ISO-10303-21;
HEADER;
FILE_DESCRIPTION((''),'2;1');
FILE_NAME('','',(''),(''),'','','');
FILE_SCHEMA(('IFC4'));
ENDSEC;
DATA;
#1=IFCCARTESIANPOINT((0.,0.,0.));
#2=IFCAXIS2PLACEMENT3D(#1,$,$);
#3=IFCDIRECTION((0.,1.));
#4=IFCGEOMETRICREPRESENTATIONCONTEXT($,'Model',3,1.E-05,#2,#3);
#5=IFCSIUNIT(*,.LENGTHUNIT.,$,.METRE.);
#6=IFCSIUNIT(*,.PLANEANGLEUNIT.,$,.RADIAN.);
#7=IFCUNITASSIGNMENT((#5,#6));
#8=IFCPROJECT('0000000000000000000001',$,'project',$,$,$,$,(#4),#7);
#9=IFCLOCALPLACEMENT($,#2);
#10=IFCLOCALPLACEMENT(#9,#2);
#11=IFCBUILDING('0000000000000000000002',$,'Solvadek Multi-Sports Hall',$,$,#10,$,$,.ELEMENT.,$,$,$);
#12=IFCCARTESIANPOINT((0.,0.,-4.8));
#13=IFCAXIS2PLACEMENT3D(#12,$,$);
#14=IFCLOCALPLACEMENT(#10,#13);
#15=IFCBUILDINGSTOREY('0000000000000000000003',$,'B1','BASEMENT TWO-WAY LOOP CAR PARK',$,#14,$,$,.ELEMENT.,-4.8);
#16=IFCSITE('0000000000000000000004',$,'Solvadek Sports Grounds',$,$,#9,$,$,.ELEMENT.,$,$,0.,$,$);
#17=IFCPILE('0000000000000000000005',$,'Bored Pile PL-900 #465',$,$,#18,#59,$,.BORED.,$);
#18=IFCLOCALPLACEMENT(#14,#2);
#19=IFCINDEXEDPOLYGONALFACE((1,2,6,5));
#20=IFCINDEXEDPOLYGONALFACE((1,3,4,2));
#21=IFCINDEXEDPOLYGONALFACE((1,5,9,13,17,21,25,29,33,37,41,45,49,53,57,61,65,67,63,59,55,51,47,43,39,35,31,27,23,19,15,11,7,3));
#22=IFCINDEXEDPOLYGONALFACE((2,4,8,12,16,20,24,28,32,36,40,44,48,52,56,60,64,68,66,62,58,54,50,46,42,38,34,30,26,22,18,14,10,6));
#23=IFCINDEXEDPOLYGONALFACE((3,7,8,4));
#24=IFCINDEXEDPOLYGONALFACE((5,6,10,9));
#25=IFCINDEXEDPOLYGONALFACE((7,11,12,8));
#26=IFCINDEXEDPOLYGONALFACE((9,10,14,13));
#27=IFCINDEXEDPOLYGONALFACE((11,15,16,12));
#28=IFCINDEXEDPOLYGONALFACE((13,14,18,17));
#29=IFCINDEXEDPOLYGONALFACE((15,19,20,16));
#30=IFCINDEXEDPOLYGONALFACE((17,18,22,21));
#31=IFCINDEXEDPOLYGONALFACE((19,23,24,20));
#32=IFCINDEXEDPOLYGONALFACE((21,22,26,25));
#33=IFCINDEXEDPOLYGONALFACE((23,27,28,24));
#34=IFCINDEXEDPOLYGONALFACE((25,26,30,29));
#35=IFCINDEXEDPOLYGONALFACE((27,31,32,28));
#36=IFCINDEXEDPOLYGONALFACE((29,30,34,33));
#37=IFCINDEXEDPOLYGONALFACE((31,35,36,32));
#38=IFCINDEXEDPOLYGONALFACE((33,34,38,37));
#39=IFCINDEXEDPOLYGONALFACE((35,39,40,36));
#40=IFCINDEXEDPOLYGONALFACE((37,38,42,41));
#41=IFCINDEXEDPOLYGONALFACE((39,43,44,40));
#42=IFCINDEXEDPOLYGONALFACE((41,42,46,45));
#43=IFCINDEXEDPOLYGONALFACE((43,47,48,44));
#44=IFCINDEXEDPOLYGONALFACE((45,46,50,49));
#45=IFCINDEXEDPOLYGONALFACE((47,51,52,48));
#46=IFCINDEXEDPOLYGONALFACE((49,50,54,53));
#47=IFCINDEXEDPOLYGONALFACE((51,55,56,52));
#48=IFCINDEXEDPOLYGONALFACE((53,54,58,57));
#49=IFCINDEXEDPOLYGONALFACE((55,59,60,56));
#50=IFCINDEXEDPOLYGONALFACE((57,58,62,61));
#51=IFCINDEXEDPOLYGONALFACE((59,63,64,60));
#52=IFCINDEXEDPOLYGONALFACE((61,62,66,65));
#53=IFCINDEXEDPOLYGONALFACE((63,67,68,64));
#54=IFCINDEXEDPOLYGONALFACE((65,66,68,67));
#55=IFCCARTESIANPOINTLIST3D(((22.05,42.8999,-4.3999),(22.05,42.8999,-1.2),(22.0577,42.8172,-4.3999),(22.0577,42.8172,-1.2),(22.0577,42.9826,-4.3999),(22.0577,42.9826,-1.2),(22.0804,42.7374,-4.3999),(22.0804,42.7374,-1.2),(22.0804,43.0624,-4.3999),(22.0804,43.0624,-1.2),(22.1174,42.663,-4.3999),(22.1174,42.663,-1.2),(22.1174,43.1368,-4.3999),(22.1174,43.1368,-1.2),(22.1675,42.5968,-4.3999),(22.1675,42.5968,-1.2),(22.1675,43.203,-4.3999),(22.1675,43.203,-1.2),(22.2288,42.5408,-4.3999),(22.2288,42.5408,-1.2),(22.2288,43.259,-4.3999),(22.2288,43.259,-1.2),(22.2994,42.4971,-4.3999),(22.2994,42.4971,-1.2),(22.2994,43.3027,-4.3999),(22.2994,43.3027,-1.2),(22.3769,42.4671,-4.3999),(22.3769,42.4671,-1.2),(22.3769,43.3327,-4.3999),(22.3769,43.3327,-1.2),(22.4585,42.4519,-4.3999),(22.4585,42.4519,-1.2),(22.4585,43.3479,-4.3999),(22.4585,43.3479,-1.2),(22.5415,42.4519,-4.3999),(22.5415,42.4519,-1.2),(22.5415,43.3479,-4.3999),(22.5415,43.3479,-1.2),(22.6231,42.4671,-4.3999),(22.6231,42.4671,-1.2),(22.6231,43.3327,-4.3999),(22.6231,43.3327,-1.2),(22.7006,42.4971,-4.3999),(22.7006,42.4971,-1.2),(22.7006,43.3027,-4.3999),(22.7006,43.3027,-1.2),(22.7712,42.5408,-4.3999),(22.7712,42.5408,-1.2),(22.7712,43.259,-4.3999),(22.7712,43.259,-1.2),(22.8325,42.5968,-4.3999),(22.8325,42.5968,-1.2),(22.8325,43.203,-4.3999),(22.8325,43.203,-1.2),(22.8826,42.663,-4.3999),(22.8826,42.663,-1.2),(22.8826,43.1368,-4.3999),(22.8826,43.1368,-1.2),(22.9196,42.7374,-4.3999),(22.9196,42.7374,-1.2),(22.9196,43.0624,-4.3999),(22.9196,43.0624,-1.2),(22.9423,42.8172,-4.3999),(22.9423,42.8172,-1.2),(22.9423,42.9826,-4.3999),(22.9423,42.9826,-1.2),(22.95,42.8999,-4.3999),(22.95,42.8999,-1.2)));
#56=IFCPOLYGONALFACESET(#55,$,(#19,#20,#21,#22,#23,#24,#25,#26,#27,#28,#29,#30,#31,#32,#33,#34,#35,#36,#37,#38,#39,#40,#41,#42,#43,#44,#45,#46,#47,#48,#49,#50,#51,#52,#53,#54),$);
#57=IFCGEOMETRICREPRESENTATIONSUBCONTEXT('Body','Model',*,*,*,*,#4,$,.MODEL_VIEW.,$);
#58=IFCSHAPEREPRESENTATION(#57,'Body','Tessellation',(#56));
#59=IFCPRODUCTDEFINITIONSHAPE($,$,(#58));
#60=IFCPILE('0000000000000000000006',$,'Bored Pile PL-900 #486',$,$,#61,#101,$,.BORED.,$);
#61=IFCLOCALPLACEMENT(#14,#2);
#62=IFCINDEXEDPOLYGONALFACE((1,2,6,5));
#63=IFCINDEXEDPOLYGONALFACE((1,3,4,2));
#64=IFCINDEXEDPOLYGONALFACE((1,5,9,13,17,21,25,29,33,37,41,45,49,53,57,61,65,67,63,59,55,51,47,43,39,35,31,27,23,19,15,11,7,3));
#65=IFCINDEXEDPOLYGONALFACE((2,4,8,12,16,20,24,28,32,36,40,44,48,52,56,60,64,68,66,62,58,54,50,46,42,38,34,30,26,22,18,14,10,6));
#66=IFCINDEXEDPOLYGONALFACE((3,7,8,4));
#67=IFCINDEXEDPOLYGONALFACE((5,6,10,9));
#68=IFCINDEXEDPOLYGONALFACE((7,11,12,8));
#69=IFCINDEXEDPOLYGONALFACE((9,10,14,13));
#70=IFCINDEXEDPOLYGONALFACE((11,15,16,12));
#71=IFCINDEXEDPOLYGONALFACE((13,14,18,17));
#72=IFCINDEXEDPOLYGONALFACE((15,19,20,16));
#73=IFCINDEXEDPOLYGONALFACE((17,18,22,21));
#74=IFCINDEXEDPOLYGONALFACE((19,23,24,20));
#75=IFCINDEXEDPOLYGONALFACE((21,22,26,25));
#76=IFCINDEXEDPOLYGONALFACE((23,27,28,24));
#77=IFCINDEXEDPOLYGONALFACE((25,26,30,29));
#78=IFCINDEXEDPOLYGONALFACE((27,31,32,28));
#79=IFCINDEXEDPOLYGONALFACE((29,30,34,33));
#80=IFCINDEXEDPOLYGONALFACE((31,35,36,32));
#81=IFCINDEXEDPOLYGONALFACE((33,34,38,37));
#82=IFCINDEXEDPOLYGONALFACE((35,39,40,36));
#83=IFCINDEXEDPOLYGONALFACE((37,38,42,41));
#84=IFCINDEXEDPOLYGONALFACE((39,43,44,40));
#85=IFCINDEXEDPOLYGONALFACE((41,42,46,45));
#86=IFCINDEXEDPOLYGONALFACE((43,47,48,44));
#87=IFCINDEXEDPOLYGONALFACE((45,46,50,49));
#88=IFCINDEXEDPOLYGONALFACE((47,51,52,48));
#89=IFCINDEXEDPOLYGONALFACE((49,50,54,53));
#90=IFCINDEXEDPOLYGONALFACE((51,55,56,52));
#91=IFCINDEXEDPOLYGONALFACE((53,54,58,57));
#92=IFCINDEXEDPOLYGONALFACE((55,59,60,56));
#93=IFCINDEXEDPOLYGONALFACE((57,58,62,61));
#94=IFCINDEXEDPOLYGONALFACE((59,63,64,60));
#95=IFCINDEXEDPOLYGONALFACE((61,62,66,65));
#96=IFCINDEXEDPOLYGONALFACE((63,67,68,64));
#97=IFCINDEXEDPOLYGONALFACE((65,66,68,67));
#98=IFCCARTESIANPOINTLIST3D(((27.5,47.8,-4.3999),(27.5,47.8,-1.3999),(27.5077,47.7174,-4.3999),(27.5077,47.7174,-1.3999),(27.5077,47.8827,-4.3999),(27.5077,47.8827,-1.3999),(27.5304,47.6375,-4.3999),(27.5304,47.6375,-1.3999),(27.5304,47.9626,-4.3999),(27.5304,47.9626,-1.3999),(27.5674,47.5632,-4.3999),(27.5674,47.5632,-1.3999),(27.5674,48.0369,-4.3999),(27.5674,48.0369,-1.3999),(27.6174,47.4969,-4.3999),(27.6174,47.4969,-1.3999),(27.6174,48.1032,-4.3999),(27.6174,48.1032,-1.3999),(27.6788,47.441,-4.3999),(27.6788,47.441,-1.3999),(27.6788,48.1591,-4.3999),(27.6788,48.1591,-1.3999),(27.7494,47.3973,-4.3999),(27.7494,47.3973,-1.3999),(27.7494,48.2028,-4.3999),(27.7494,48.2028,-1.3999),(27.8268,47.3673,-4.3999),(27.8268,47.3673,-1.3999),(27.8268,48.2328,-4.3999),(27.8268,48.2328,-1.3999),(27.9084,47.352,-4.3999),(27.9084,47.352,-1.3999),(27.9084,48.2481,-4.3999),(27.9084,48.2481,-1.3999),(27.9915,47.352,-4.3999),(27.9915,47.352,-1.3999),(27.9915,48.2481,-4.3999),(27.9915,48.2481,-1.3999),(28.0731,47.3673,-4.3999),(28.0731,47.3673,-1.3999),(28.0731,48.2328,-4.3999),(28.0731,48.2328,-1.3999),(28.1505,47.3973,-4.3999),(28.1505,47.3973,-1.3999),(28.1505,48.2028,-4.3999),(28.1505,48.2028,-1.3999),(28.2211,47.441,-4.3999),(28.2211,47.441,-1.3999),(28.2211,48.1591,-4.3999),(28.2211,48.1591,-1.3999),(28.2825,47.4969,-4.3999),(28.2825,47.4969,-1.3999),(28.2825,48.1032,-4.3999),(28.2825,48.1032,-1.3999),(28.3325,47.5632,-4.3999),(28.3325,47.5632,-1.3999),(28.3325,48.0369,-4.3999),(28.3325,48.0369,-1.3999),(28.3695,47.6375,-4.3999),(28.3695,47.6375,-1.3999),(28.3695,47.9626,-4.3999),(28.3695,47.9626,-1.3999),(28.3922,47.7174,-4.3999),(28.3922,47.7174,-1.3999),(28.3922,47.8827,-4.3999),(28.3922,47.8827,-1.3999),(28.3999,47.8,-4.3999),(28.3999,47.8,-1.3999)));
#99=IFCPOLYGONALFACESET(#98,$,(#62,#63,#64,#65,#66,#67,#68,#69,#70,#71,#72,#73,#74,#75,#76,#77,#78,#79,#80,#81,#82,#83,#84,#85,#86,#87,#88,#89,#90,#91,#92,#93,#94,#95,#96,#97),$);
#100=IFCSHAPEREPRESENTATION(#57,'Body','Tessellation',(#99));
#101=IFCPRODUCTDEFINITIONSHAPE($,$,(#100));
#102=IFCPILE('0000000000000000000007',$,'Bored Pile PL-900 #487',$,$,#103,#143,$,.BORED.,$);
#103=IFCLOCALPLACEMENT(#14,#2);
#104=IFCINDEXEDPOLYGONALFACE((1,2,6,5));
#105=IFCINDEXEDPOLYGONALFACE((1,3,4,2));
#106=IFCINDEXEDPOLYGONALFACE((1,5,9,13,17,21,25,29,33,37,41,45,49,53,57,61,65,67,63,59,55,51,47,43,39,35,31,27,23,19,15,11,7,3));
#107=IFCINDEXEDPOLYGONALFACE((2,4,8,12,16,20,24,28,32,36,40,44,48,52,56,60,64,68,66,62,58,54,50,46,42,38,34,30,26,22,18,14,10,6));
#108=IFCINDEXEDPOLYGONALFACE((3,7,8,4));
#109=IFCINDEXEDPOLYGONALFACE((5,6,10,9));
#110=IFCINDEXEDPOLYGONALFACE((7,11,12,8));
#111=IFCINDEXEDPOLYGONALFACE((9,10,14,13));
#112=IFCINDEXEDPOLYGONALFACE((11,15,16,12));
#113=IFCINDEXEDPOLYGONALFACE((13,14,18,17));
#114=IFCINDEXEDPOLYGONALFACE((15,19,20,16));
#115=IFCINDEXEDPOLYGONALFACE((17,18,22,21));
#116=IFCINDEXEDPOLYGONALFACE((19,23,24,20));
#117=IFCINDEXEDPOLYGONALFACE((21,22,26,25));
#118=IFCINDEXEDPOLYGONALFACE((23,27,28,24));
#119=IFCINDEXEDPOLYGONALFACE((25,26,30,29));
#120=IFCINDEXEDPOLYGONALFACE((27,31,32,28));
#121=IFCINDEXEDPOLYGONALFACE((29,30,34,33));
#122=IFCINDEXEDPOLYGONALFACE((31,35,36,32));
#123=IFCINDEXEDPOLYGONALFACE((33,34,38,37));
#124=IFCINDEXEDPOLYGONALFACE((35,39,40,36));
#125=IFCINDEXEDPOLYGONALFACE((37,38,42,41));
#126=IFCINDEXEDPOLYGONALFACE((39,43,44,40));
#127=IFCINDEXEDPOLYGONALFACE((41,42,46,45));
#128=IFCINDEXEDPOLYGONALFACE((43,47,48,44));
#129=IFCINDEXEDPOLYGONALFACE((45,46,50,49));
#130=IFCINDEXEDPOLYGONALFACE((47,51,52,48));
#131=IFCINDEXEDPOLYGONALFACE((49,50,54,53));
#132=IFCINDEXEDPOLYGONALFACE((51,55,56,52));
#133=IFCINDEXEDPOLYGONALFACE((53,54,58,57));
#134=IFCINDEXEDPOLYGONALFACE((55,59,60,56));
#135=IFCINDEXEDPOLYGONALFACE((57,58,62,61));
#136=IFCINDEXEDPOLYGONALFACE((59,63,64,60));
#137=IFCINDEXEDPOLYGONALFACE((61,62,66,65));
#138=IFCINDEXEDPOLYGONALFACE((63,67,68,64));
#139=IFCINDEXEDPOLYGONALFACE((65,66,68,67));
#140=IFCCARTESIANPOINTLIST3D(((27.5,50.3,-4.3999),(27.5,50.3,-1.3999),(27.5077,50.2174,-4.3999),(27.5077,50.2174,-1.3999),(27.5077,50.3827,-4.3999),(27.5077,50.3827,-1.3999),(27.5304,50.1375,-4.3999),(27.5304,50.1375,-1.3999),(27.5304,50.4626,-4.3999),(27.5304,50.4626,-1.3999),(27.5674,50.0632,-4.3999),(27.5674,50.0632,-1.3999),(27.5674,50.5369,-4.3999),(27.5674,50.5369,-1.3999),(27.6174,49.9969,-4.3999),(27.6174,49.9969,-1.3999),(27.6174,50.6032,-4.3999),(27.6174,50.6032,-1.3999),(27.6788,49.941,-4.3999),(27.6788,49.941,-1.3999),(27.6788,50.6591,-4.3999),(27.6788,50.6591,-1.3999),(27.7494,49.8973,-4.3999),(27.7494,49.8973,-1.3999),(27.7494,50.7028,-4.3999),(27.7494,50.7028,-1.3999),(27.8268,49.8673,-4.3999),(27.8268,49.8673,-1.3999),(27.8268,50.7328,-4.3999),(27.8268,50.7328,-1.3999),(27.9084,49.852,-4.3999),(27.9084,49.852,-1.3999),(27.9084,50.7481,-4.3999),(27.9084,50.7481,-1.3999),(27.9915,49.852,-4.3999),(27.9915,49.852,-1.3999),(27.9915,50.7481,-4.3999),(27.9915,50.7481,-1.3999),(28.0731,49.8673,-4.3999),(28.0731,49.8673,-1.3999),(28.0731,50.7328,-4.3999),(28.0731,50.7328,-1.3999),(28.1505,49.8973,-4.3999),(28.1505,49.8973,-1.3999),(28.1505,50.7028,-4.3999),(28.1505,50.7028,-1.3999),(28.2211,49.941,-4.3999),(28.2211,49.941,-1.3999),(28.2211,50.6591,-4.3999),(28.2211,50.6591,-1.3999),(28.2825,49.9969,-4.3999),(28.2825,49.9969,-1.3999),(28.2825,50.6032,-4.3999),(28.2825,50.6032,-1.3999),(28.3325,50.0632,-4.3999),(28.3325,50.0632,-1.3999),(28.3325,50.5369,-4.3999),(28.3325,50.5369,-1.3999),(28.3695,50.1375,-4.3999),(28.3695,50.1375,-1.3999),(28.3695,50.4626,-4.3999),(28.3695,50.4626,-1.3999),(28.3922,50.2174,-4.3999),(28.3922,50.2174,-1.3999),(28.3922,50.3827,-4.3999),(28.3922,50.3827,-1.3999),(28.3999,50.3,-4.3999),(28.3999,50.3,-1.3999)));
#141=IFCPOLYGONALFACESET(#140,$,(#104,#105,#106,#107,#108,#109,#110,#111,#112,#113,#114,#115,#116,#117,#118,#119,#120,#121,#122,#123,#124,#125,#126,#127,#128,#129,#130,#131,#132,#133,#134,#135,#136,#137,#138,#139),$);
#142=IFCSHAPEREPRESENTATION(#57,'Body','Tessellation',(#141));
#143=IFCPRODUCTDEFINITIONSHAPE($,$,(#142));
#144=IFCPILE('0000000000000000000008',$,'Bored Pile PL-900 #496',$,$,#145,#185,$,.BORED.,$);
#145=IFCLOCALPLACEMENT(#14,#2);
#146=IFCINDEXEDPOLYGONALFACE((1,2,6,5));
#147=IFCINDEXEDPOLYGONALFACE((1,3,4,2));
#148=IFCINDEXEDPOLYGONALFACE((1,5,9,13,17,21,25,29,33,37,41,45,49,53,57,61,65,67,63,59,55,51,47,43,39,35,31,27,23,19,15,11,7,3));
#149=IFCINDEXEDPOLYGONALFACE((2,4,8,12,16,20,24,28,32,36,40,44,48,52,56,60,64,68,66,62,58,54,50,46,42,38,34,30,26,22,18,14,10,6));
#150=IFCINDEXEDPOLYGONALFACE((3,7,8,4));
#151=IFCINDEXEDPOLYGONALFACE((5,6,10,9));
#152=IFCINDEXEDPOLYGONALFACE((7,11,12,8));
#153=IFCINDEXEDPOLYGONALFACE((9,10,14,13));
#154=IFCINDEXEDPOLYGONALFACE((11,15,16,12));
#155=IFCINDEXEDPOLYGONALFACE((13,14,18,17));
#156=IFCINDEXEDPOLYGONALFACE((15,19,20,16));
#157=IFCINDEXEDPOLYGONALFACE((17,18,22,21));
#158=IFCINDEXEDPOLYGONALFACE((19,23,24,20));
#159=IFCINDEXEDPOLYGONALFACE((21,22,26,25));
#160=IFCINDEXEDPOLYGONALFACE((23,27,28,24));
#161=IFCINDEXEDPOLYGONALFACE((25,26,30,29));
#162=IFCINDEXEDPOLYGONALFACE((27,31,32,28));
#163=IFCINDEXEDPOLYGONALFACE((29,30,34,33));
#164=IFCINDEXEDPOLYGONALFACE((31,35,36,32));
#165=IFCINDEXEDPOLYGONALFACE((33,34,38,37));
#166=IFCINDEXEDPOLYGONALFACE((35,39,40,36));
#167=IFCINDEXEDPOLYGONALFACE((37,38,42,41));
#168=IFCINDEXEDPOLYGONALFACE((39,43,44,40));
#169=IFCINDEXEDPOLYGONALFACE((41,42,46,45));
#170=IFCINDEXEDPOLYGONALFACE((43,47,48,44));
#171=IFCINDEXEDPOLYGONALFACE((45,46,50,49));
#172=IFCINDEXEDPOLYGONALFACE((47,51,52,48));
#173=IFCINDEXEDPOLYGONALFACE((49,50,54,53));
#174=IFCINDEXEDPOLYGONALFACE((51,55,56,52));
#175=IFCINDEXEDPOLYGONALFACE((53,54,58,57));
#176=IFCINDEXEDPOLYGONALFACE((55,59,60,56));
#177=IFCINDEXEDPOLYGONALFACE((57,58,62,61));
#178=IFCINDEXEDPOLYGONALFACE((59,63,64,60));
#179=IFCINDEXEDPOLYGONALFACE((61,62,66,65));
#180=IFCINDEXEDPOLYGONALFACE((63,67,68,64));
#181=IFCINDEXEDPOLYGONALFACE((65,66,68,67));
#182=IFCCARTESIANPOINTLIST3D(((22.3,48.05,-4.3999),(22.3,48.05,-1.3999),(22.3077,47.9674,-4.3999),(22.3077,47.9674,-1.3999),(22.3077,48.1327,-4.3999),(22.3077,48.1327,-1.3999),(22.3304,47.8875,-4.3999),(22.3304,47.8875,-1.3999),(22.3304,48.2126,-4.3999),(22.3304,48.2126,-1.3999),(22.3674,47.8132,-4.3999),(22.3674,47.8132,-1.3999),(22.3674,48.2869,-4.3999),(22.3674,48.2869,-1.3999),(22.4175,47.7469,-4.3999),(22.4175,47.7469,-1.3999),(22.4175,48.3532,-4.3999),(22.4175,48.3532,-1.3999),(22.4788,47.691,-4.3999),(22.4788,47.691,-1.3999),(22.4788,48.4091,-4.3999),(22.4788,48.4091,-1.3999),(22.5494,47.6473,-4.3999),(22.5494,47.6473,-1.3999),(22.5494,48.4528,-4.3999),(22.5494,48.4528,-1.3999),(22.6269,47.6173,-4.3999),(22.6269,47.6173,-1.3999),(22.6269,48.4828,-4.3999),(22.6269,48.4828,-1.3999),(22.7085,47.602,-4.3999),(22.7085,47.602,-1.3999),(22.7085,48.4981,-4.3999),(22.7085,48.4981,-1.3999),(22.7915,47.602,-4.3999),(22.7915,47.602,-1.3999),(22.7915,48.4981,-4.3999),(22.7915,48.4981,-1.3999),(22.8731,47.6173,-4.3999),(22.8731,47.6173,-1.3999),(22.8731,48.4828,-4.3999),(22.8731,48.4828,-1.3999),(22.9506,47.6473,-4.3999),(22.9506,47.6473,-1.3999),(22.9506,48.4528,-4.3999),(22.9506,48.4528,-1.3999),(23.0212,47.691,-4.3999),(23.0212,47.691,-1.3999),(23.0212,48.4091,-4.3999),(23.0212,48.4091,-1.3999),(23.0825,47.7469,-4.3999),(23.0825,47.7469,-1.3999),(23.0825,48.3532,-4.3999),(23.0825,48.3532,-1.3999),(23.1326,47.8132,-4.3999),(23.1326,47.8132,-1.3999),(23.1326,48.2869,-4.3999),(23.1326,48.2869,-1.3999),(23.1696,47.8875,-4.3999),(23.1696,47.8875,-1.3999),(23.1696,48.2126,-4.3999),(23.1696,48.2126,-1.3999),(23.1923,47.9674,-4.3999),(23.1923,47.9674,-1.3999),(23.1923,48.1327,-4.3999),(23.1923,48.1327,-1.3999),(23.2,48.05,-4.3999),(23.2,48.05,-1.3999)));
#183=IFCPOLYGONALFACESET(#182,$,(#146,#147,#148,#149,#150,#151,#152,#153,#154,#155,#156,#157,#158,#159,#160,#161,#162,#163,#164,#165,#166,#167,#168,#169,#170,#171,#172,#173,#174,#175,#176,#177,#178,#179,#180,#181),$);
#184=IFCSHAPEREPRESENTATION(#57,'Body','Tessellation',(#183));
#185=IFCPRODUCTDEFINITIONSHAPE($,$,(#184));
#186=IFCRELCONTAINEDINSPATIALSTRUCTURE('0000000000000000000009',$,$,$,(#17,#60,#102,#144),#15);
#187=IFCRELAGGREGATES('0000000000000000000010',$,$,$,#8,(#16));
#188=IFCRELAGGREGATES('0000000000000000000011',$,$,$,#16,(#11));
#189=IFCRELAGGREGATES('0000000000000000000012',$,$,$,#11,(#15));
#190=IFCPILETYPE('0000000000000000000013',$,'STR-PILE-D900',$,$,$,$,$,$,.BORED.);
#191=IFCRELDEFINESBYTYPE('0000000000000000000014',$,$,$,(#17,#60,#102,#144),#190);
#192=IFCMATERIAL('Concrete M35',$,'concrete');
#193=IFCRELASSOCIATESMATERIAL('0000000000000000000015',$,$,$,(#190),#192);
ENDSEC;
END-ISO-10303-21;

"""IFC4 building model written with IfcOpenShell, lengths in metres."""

from ifc_helpers import new_model, si_unit, direction, frame, origin, origin_2d, place, context, subcontext, project, spatial, circle, extrude, material, material_profile, profile_set, type_object, element, save


model = new_model("IFC4")

# Units and contexts
model_context = context("Model", 3, precision=1e-05, world=origin(), true_north=direction((0.0, 1.0)))
body_context = subcontext(model_context, "Body", "Model", "MODEL_VIEW")
ifc_project = project(units=[si_unit("LENGTHUNIT", "METRE"), si_unit("PLANEANGLEUNIT", "RADIAN")], contexts=[model_context])

# Site, building, storey
site_placement = place(None, origin())
site = spatial("IfcSite", under=ifc_project, at=site_placement, Name="Solvadek Sports Grounds", CompositionType="ELEMENT", RefElevation=0.0)
building_placement = place(site_placement, origin())
building = spatial("IfcBuilding", under=site, at=building_placement, Name="Solvadek Multi-Sports Hall", CompositionType="ELEMENT")
storey_placement = place(building_placement, frame((0.0, 0.0, -4.8)))
storey = spatial("IfcBuildingStorey", under=building, at=storey_placement, Name="B1", Description="BASEMENT TWO-WAY LOOP CAR PARK", CompositionType="ELEMENT", Elevation=-4.8)

# Piles
ifc_material_1 = material(Name="Concrete M35", Category="concrete")
ifc_material_profile_1 = material_profile(ifc_material_1, circle(Radius=0.45, at=origin_2d()), Name="BORED PILE D900")
ifc_profile_set_1 = profile_set([ifc_material_profile_1], Name="Concrete M35")
pile_type_1 = type_object("IfcPileType", Name="STR-PILE-D900", PredefinedType="BORED", material=ifc_profile_set_1)
pile_1_placement = place(storey_placement, frame((22.5, 42.8999, -1.2), z_axis=(0.0, 0.0, -1.0), x_axis=(1.0, 0.0, 0.0)))
element("IfcPile", 1, at=pile_1_placement, inside=storey, type_object=pile_type_1, Name="Bored Pile PL-900 #465", PredefinedType="BORED", context=body_context, shape_type="SweptSolid", body=[
    extrude(circle(Radius=0.45, at=origin_2d()), origin(), (0.0, 0.0, 1.0), 3.2),
])
for number, where, z_axis, x_axis, name in (
    (2, (27.95, 47.8, -1.3999), (0.0, 0.0, -1.0), (1.0, 0.0, 0.0), "Bored Pile PL-900 #486"),
    (3, (27.95, 50.3, -1.3999), (0.0, 0.0, -1.0), (1.0, 0.0, 0.0), "Bored Pile PL-900 #487"),
    (4, (22.75, 48.05, -1.3999), (0.0, 0.0, -1.0), (1.0, 0.0, 0.0), "Bored Pile PL-900 #496"),
):
    element("IfcPile", number, at=place(storey_placement, frame(where, z_axis=z_axis, x_axis=x_axis)), inside=storey, type_object=pile_type_1, Name=name, PredefinedType="BORED", context=body_context, shape_type="SweptSolid", body=[
        extrude(circle(Radius=0.45, at=origin_2d()), origin(), (0.0, 0.0, 1.0), 3.0),
    ])

save(model, "model.ifc")
